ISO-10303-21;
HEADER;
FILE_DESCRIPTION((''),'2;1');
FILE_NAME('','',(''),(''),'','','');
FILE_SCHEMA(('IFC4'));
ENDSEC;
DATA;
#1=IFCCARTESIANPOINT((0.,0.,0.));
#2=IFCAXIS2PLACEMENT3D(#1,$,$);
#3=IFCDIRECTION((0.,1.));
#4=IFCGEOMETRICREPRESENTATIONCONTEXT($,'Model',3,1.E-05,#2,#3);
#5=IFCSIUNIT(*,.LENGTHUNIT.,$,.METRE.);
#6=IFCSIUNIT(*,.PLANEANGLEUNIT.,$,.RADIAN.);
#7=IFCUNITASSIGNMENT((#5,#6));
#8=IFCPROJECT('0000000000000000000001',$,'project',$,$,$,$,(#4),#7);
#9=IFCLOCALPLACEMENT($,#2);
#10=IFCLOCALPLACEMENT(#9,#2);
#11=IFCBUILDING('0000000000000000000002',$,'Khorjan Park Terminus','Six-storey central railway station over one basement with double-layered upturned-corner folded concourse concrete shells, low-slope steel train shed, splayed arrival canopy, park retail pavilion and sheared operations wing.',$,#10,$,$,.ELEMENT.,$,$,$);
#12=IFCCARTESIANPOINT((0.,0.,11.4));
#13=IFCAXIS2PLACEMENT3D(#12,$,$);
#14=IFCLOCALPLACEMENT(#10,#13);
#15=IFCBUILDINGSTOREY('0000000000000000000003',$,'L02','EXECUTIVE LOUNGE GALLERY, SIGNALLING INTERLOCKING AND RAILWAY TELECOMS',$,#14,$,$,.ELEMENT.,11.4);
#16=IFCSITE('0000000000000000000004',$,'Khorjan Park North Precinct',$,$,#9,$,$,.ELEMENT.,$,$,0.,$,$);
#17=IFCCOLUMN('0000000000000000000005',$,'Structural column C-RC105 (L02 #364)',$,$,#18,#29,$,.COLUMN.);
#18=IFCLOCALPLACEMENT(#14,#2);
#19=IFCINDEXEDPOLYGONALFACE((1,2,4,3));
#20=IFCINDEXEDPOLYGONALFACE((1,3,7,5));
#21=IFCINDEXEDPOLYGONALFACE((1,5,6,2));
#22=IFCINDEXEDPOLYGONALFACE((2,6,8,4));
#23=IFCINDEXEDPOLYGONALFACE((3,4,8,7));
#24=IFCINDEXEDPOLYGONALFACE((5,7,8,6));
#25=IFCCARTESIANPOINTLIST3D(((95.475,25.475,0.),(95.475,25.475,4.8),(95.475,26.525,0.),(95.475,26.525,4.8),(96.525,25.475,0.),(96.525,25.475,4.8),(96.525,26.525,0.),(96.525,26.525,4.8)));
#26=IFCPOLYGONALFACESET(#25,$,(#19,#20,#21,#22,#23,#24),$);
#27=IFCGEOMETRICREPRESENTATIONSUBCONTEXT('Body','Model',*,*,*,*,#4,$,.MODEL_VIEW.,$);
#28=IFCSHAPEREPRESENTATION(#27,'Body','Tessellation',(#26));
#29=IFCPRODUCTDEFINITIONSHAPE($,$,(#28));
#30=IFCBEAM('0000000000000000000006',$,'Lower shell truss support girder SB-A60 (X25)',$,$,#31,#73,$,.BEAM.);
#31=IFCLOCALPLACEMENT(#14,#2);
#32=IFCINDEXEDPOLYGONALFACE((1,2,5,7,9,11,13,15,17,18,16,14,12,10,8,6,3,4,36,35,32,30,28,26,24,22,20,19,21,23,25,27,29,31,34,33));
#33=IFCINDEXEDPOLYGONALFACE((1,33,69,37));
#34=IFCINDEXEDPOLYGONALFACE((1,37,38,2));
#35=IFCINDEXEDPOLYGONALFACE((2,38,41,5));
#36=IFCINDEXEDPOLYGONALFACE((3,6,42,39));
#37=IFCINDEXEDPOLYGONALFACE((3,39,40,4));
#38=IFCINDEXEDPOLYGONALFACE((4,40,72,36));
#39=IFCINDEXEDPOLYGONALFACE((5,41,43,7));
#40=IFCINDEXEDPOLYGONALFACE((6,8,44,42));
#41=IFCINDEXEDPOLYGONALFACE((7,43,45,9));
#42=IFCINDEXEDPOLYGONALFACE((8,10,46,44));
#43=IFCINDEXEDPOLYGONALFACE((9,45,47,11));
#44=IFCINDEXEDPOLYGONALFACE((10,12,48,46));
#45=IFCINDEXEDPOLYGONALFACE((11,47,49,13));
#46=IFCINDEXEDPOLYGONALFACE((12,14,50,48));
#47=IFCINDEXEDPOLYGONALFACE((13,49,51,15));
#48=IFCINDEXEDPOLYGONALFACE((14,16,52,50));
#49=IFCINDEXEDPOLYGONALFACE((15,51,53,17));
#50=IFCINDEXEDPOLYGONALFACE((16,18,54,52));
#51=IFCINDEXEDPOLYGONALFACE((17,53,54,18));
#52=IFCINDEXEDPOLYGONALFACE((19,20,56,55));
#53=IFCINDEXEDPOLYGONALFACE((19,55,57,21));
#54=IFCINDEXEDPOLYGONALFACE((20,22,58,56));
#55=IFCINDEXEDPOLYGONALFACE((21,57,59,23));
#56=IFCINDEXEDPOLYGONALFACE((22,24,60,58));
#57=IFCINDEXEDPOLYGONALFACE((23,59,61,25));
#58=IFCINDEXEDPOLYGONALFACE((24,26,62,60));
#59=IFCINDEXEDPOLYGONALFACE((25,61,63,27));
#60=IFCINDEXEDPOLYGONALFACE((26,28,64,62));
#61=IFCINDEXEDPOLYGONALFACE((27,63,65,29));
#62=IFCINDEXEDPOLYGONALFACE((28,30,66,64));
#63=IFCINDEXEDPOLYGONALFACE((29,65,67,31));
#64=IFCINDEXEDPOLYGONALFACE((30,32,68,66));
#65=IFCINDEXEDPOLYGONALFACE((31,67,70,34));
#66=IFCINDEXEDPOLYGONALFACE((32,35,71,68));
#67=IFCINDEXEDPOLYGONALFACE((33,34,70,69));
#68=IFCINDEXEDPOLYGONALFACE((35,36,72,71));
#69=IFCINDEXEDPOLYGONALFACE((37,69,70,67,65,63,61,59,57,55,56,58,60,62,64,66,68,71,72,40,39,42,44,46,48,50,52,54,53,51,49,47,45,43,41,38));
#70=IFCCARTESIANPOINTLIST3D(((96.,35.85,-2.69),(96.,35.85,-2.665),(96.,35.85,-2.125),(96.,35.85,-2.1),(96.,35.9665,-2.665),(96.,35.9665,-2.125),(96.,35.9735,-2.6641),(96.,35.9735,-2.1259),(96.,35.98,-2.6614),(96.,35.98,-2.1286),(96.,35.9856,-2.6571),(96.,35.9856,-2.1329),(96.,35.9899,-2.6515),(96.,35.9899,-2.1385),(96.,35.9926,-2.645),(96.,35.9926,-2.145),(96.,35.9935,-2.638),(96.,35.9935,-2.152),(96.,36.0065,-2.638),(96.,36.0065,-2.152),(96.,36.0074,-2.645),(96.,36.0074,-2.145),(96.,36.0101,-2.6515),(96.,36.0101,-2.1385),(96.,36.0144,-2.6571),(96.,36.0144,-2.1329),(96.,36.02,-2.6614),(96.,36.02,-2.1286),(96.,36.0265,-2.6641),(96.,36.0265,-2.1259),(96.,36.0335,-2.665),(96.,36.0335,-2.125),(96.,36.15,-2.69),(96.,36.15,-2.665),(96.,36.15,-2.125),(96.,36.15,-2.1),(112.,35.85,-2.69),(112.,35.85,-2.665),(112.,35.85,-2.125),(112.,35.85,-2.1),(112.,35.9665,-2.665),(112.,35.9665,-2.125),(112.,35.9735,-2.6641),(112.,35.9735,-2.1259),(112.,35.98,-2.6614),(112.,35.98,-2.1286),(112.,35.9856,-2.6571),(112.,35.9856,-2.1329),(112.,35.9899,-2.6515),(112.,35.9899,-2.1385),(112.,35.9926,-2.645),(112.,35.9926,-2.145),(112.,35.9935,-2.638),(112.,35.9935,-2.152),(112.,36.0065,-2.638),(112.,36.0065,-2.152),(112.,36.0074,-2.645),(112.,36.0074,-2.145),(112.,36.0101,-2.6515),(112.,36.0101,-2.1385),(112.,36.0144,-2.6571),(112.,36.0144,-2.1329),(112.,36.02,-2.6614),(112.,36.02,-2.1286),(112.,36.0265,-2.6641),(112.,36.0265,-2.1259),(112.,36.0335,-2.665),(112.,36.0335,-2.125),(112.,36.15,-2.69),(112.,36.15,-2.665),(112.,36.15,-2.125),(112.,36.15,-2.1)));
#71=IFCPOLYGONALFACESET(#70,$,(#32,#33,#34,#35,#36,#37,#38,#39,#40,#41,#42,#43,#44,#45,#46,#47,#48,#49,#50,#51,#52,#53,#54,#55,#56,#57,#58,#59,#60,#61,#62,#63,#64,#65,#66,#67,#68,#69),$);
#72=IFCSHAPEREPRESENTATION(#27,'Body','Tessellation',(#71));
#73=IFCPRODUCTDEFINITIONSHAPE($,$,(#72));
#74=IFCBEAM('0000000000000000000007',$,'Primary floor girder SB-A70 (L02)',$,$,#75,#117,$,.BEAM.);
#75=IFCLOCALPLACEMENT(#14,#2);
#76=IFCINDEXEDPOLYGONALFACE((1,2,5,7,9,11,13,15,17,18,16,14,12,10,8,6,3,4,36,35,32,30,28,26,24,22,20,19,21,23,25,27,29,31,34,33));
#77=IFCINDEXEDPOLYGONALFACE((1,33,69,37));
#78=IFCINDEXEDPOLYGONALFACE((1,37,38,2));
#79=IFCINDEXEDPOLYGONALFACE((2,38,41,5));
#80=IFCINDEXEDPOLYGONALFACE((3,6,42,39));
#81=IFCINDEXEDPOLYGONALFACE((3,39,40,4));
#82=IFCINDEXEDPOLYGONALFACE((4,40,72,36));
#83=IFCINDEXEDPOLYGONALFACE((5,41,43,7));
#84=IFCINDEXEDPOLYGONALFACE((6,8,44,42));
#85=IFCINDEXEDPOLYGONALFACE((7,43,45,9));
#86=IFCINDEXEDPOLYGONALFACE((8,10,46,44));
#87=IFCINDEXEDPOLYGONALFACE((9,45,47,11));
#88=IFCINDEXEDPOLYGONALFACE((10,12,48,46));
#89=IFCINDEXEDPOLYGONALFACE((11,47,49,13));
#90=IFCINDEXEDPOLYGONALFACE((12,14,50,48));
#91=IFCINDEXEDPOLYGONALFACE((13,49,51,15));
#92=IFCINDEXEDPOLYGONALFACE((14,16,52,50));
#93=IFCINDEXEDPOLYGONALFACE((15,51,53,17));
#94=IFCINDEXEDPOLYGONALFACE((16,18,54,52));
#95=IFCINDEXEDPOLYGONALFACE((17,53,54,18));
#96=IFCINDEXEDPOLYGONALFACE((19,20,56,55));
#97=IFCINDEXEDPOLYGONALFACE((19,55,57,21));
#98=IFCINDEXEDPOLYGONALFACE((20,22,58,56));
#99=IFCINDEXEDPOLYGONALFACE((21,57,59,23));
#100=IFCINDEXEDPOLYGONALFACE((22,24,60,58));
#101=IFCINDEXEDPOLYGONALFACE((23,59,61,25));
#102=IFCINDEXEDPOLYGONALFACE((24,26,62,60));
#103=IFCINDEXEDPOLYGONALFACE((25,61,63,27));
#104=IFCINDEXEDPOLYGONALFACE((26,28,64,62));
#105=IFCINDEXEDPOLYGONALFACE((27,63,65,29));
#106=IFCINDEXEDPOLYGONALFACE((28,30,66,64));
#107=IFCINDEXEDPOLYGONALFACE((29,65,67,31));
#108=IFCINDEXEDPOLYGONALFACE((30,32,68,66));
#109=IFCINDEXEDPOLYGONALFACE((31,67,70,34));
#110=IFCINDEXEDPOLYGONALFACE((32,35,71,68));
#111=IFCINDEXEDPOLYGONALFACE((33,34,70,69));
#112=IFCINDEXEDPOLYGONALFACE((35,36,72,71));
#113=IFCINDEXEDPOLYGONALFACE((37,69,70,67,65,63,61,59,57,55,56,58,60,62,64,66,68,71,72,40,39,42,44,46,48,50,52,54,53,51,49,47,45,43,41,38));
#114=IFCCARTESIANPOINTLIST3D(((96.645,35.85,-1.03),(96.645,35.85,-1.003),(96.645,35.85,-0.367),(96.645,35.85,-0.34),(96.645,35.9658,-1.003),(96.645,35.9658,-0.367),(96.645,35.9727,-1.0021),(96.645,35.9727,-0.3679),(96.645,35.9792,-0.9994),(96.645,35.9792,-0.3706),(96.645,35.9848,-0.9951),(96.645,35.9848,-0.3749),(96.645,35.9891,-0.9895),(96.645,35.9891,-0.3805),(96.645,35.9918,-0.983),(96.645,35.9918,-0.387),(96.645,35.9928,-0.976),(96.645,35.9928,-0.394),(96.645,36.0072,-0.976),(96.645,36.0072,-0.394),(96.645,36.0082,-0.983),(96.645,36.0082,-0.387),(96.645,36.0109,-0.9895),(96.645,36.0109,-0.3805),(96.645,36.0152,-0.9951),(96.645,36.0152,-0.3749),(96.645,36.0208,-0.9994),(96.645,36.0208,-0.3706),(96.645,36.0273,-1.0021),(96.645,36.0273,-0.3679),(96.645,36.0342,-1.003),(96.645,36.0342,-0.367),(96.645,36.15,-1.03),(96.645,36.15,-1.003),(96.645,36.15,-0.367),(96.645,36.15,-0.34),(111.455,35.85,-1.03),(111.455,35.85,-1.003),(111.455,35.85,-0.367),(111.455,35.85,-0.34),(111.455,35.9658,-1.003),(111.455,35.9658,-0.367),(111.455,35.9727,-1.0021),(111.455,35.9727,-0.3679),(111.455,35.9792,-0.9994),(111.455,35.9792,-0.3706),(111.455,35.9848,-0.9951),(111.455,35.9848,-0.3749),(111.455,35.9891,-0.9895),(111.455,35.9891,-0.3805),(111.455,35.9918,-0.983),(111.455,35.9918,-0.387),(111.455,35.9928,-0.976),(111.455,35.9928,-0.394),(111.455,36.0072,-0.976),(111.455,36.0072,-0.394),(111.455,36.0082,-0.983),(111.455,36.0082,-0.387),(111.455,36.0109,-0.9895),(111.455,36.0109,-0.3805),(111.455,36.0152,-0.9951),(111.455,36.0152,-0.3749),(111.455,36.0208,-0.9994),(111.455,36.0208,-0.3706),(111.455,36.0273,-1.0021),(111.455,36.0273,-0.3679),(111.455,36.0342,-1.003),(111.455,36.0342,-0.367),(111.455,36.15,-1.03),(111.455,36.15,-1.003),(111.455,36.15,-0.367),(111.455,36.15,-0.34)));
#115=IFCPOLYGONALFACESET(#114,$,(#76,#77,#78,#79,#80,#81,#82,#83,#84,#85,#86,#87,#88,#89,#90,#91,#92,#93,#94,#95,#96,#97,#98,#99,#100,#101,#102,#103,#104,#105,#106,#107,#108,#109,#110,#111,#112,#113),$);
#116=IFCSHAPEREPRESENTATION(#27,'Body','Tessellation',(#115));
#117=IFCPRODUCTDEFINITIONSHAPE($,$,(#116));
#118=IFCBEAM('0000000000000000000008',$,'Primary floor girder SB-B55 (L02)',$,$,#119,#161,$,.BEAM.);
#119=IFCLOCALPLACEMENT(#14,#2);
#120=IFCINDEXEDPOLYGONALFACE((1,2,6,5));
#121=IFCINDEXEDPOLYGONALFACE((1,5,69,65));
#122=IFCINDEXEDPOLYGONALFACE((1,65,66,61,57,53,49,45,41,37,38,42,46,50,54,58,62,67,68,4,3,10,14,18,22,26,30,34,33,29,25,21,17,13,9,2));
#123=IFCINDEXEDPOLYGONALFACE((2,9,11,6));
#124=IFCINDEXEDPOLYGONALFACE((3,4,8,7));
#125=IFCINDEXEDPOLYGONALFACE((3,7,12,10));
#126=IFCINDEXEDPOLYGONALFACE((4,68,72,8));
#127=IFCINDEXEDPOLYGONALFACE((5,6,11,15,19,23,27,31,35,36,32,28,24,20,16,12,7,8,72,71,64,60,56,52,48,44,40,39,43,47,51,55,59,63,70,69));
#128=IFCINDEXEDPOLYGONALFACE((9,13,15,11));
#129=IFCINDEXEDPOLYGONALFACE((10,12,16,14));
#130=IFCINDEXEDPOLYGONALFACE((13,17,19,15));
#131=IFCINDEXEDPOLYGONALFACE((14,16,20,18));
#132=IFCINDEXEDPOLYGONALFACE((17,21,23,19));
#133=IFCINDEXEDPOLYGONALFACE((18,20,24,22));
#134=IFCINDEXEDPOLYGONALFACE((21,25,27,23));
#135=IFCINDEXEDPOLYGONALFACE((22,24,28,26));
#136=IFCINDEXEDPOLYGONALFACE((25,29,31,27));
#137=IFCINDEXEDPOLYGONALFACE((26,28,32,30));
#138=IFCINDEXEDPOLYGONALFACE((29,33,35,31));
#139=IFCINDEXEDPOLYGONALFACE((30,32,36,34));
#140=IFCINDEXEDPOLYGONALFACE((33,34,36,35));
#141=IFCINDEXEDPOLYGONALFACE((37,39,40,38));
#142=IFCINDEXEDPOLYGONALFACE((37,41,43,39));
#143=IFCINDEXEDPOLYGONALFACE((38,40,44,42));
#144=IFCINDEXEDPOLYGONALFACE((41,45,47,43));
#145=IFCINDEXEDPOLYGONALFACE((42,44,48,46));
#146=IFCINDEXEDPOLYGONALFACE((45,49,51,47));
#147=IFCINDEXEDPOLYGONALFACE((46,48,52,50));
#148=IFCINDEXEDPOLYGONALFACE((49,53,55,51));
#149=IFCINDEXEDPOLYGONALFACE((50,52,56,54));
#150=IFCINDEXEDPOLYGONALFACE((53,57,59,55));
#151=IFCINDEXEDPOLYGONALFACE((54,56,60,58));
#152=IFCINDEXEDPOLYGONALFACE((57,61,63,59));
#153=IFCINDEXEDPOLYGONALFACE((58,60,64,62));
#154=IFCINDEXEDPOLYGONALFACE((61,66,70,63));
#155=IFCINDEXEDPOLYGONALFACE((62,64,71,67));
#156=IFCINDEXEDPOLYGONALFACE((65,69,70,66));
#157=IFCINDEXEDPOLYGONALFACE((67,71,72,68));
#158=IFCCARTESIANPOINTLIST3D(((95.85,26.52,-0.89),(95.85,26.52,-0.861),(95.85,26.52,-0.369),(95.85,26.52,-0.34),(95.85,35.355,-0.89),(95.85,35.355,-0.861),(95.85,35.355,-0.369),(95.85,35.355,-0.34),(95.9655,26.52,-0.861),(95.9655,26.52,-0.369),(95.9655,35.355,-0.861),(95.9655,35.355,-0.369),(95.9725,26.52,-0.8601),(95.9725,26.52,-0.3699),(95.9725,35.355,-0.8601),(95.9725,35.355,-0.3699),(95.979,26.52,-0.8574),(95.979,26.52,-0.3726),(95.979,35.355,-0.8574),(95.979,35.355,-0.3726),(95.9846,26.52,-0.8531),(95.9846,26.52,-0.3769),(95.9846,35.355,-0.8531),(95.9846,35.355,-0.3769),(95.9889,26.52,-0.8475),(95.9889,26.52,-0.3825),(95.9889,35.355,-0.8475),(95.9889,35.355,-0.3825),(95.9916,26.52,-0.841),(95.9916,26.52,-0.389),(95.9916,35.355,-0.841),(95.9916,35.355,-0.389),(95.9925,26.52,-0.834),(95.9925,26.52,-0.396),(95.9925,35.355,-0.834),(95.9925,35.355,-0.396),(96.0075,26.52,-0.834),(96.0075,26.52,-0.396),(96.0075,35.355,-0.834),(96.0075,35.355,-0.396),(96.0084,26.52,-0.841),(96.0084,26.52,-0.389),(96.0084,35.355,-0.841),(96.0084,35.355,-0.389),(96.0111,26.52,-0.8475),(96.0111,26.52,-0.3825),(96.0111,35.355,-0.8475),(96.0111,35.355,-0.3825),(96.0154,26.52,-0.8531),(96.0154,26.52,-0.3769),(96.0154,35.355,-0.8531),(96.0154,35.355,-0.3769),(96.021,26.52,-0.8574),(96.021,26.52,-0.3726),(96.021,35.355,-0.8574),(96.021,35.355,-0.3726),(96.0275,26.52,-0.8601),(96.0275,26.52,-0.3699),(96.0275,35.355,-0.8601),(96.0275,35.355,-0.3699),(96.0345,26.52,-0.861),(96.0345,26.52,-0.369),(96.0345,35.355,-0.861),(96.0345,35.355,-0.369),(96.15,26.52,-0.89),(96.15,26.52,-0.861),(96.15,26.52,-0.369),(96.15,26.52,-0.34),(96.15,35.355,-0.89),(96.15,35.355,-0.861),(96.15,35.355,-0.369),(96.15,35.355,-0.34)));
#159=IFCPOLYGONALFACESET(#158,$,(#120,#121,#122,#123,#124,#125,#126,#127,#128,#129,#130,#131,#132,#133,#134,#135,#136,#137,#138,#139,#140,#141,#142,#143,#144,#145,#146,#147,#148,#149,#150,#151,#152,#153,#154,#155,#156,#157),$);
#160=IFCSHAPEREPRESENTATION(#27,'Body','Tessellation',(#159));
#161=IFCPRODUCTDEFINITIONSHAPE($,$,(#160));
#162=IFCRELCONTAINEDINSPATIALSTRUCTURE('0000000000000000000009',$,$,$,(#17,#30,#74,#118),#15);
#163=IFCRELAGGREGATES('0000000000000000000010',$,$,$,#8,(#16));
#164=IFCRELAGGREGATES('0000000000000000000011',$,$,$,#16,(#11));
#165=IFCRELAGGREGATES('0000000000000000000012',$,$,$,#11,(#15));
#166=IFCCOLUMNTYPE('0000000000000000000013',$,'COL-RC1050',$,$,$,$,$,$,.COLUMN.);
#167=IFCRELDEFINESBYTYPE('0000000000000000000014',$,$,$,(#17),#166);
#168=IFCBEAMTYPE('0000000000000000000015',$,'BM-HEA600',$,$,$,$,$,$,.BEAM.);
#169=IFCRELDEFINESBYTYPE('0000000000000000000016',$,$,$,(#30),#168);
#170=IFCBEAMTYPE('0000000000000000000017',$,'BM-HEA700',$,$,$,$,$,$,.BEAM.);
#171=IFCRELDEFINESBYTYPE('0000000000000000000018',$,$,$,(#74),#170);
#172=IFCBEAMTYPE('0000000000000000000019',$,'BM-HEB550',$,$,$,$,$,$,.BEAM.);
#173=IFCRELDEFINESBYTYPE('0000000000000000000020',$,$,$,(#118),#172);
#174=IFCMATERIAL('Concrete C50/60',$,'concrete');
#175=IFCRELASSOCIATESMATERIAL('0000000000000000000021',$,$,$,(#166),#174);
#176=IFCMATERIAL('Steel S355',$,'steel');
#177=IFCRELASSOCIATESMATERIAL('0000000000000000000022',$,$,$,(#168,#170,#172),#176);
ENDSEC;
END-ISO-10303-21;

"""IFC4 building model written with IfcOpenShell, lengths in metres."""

from ifc_helpers import new_model, si_unit, direction, frame, origin, origin_2d, place, context, subcontext, project, spatial, rectangle, i_section, extrude, material, material_profile, profile_set, type_object, element, save


model = new_model("IFC4")

# Units and contexts
model_context = context("Model", 3, precision=1e-05, world=origin(), true_north=direction((0.0, 1.0)))
body_context = subcontext(model_context, "Body", "Model", "MODEL_VIEW")
ifc_project = project(units=[si_unit("LENGTHUNIT", "METRE"), si_unit("PLANEANGLEUNIT", "RADIAN")], contexts=[model_context])

# Site, building, storey
site_placement = place(None, origin())
site = spatial("IfcSite", under=ifc_project, at=site_placement, Name="Khorjan Park North Precinct", CompositionType="ELEMENT", RefElevation=0.0)
building_placement = place(site_placement, origin())
building = spatial("IfcBuilding", under=site, at=building_placement, Name="Khorjan Park Terminus", Description="Six-storey central railway station over one basement with double-layered upturned-corner folded concourse concrete shells, low-slope steel train shed, splayed arrival canopy, park retail pavilion and sheared operations wing.", CompositionType="ELEMENT")
storey_placement = place(building_placement, frame((0.0, 0.0, 11.4)))
storey = spatial("IfcBuildingStorey", under=building, at=storey_placement, Name="L02", Description="EXECUTIVE LOUNGE GALLERY, SIGNALLING INTERLOCKING AND RAILWAY TELECOMS", CompositionType="ELEMENT", Elevation=11.4)

# Column
ifc_material_1 = material(Name="Concrete C50/60", Category="concrete")
ifc_material_profile_1 = material_profile(ifc_material_1, rectangle(XDim=1.05, YDim=1.05, at=origin_2d()), Name="RC 1050x1050")
ifc_profile_set_1 = profile_set([ifc_material_profile_1], Name="Concrete C50/60")
column_type = type_object("IfcColumnType", Name="COL-RC1050", PredefinedType="COLUMN", material=ifc_profile_set_1)
column_placement = place(storey_placement, frame((96.0, 26.0, 0.0), z_axis=(0.0, 0.0, 1.0), x_axis=(1.0, 0.0, 0.0)))
element("IfcColumn", 1, at=column_placement, inside=storey, type_object=column_type, Name="Structural column C-RC105 (L02 #364)", PredefinedType="COLUMN", context=body_context, shape_type="SweptSolid", body=[
    extrude(rectangle(XDim=1.05, YDim=1.05, at=origin_2d()), origin(), (0.0, 0.0, 1.0), 4.8),
])

# Beams
ifc_material_2 = material(Name="Steel S355", Category="steel")
ifc_material_profile_2 = material_profile(ifc_material_2, i_section(OverallWidth=0.3, OverallDepth=0.59, WebThickness=0.013, FlangeThickness=0.025, FilletRadius=0.027, at=origin_2d()), Name="HEA 600")
ifc_profile_set_2 = profile_set([ifc_material_profile_2], Name="Steel S355")
beam_type_1 = type_object("IfcBeamType", Name="BM-HEA600", PredefinedType="BEAM", material=ifc_profile_set_2)
beam_1_placement = place(storey_placement, frame((96.0, 36.0, -2.395), z_axis=(1.0, 0.0, 0.0), x_axis=(0.0, 1.0, 0.0)))
element("IfcBeam", 2, at=beam_1_placement, inside=storey, type_object=beam_type_1, Name="Lower shell truss support girder SB-A60 (X25)", PredefinedType="BEAM", context=body_context, shape_type="SweptSolid", body=[
    extrude(i_section(OverallWidth=0.3, OverallDepth=0.59, WebThickness=0.013, FlangeThickness=0.025, FilletRadius=0.027, at=origin_2d()), origin(), (0.0, 0.0, 1.0), 16.0),
])
ifc_material_profile_3 = material_profile(ifc_material_2, i_section(OverallWidth=0.3, OverallDepth=0.69, WebThickness=0.0145, FlangeThickness=0.027, FilletRadius=0.027, at=origin_2d()), Name="HEA 700")
ifc_profile_set_3 = profile_set([ifc_material_profile_3], Name="Steel S355")
beam_type_2 = type_object("IfcBeamType", Name="BM-HEA700", PredefinedType="BEAM", material=ifc_profile_set_3)
beam_2_placement = place(storey_placement, frame((96.645, 36.0, -0.685), z_axis=(1.0, 0.0, 0.0), x_axis=(0.0, 1.0, 0.0)))
element("IfcBeam", 3, at=beam_2_placement, inside=storey, type_object=beam_type_2, Name="Primary floor girder SB-A70 (L02)", PredefinedType="BEAM", context=body_context, shape_type="SweptSolid", body=[
    extrude(i_section(OverallWidth=0.3, OverallDepth=0.69, WebThickness=0.0145, FlangeThickness=0.027, FilletRadius=0.027, at=origin_2d()), origin(), (0.0, 0.0, 1.0), 14.81),
])
ifc_material_profile_4 = material_profile(ifc_material_2, i_section(OverallWidth=0.3, OverallDepth=0.55, WebThickness=0.015, FlangeThickness=0.029, FilletRadius=0.027, at=origin_2d()), Name="HEB 550")
ifc_profile_set_4 = profile_set([ifc_material_profile_4], Name="Steel S355")
beam_type_3 = type_object("IfcBeamType", Name="BM-HEB550", PredefinedType="BEAM", material=ifc_profile_set_4)
beam_3_placement = place(storey_placement, frame((96.0, 26.52, -0.615), z_axis=(0.0, 1.0, 0.0), x_axis=(-1.0, 0.0, 0.0)))
element("IfcBeam", 4, at=beam_3_placement, inside=storey, type_object=beam_type_3, Name="Primary floor girder SB-B55 (L02)", PredefinedType="BEAM", context=body_context, shape_type="SweptSolid", body=[
    extrude(i_section(OverallWidth=0.3, OverallDepth=0.55, WebThickness=0.015, FlangeThickness=0.029, FilletRadius=0.027, at=origin_2d()), origin(), (0.0, 0.0, 1.0), 8.835),
])

save(model, "model.ifc")
